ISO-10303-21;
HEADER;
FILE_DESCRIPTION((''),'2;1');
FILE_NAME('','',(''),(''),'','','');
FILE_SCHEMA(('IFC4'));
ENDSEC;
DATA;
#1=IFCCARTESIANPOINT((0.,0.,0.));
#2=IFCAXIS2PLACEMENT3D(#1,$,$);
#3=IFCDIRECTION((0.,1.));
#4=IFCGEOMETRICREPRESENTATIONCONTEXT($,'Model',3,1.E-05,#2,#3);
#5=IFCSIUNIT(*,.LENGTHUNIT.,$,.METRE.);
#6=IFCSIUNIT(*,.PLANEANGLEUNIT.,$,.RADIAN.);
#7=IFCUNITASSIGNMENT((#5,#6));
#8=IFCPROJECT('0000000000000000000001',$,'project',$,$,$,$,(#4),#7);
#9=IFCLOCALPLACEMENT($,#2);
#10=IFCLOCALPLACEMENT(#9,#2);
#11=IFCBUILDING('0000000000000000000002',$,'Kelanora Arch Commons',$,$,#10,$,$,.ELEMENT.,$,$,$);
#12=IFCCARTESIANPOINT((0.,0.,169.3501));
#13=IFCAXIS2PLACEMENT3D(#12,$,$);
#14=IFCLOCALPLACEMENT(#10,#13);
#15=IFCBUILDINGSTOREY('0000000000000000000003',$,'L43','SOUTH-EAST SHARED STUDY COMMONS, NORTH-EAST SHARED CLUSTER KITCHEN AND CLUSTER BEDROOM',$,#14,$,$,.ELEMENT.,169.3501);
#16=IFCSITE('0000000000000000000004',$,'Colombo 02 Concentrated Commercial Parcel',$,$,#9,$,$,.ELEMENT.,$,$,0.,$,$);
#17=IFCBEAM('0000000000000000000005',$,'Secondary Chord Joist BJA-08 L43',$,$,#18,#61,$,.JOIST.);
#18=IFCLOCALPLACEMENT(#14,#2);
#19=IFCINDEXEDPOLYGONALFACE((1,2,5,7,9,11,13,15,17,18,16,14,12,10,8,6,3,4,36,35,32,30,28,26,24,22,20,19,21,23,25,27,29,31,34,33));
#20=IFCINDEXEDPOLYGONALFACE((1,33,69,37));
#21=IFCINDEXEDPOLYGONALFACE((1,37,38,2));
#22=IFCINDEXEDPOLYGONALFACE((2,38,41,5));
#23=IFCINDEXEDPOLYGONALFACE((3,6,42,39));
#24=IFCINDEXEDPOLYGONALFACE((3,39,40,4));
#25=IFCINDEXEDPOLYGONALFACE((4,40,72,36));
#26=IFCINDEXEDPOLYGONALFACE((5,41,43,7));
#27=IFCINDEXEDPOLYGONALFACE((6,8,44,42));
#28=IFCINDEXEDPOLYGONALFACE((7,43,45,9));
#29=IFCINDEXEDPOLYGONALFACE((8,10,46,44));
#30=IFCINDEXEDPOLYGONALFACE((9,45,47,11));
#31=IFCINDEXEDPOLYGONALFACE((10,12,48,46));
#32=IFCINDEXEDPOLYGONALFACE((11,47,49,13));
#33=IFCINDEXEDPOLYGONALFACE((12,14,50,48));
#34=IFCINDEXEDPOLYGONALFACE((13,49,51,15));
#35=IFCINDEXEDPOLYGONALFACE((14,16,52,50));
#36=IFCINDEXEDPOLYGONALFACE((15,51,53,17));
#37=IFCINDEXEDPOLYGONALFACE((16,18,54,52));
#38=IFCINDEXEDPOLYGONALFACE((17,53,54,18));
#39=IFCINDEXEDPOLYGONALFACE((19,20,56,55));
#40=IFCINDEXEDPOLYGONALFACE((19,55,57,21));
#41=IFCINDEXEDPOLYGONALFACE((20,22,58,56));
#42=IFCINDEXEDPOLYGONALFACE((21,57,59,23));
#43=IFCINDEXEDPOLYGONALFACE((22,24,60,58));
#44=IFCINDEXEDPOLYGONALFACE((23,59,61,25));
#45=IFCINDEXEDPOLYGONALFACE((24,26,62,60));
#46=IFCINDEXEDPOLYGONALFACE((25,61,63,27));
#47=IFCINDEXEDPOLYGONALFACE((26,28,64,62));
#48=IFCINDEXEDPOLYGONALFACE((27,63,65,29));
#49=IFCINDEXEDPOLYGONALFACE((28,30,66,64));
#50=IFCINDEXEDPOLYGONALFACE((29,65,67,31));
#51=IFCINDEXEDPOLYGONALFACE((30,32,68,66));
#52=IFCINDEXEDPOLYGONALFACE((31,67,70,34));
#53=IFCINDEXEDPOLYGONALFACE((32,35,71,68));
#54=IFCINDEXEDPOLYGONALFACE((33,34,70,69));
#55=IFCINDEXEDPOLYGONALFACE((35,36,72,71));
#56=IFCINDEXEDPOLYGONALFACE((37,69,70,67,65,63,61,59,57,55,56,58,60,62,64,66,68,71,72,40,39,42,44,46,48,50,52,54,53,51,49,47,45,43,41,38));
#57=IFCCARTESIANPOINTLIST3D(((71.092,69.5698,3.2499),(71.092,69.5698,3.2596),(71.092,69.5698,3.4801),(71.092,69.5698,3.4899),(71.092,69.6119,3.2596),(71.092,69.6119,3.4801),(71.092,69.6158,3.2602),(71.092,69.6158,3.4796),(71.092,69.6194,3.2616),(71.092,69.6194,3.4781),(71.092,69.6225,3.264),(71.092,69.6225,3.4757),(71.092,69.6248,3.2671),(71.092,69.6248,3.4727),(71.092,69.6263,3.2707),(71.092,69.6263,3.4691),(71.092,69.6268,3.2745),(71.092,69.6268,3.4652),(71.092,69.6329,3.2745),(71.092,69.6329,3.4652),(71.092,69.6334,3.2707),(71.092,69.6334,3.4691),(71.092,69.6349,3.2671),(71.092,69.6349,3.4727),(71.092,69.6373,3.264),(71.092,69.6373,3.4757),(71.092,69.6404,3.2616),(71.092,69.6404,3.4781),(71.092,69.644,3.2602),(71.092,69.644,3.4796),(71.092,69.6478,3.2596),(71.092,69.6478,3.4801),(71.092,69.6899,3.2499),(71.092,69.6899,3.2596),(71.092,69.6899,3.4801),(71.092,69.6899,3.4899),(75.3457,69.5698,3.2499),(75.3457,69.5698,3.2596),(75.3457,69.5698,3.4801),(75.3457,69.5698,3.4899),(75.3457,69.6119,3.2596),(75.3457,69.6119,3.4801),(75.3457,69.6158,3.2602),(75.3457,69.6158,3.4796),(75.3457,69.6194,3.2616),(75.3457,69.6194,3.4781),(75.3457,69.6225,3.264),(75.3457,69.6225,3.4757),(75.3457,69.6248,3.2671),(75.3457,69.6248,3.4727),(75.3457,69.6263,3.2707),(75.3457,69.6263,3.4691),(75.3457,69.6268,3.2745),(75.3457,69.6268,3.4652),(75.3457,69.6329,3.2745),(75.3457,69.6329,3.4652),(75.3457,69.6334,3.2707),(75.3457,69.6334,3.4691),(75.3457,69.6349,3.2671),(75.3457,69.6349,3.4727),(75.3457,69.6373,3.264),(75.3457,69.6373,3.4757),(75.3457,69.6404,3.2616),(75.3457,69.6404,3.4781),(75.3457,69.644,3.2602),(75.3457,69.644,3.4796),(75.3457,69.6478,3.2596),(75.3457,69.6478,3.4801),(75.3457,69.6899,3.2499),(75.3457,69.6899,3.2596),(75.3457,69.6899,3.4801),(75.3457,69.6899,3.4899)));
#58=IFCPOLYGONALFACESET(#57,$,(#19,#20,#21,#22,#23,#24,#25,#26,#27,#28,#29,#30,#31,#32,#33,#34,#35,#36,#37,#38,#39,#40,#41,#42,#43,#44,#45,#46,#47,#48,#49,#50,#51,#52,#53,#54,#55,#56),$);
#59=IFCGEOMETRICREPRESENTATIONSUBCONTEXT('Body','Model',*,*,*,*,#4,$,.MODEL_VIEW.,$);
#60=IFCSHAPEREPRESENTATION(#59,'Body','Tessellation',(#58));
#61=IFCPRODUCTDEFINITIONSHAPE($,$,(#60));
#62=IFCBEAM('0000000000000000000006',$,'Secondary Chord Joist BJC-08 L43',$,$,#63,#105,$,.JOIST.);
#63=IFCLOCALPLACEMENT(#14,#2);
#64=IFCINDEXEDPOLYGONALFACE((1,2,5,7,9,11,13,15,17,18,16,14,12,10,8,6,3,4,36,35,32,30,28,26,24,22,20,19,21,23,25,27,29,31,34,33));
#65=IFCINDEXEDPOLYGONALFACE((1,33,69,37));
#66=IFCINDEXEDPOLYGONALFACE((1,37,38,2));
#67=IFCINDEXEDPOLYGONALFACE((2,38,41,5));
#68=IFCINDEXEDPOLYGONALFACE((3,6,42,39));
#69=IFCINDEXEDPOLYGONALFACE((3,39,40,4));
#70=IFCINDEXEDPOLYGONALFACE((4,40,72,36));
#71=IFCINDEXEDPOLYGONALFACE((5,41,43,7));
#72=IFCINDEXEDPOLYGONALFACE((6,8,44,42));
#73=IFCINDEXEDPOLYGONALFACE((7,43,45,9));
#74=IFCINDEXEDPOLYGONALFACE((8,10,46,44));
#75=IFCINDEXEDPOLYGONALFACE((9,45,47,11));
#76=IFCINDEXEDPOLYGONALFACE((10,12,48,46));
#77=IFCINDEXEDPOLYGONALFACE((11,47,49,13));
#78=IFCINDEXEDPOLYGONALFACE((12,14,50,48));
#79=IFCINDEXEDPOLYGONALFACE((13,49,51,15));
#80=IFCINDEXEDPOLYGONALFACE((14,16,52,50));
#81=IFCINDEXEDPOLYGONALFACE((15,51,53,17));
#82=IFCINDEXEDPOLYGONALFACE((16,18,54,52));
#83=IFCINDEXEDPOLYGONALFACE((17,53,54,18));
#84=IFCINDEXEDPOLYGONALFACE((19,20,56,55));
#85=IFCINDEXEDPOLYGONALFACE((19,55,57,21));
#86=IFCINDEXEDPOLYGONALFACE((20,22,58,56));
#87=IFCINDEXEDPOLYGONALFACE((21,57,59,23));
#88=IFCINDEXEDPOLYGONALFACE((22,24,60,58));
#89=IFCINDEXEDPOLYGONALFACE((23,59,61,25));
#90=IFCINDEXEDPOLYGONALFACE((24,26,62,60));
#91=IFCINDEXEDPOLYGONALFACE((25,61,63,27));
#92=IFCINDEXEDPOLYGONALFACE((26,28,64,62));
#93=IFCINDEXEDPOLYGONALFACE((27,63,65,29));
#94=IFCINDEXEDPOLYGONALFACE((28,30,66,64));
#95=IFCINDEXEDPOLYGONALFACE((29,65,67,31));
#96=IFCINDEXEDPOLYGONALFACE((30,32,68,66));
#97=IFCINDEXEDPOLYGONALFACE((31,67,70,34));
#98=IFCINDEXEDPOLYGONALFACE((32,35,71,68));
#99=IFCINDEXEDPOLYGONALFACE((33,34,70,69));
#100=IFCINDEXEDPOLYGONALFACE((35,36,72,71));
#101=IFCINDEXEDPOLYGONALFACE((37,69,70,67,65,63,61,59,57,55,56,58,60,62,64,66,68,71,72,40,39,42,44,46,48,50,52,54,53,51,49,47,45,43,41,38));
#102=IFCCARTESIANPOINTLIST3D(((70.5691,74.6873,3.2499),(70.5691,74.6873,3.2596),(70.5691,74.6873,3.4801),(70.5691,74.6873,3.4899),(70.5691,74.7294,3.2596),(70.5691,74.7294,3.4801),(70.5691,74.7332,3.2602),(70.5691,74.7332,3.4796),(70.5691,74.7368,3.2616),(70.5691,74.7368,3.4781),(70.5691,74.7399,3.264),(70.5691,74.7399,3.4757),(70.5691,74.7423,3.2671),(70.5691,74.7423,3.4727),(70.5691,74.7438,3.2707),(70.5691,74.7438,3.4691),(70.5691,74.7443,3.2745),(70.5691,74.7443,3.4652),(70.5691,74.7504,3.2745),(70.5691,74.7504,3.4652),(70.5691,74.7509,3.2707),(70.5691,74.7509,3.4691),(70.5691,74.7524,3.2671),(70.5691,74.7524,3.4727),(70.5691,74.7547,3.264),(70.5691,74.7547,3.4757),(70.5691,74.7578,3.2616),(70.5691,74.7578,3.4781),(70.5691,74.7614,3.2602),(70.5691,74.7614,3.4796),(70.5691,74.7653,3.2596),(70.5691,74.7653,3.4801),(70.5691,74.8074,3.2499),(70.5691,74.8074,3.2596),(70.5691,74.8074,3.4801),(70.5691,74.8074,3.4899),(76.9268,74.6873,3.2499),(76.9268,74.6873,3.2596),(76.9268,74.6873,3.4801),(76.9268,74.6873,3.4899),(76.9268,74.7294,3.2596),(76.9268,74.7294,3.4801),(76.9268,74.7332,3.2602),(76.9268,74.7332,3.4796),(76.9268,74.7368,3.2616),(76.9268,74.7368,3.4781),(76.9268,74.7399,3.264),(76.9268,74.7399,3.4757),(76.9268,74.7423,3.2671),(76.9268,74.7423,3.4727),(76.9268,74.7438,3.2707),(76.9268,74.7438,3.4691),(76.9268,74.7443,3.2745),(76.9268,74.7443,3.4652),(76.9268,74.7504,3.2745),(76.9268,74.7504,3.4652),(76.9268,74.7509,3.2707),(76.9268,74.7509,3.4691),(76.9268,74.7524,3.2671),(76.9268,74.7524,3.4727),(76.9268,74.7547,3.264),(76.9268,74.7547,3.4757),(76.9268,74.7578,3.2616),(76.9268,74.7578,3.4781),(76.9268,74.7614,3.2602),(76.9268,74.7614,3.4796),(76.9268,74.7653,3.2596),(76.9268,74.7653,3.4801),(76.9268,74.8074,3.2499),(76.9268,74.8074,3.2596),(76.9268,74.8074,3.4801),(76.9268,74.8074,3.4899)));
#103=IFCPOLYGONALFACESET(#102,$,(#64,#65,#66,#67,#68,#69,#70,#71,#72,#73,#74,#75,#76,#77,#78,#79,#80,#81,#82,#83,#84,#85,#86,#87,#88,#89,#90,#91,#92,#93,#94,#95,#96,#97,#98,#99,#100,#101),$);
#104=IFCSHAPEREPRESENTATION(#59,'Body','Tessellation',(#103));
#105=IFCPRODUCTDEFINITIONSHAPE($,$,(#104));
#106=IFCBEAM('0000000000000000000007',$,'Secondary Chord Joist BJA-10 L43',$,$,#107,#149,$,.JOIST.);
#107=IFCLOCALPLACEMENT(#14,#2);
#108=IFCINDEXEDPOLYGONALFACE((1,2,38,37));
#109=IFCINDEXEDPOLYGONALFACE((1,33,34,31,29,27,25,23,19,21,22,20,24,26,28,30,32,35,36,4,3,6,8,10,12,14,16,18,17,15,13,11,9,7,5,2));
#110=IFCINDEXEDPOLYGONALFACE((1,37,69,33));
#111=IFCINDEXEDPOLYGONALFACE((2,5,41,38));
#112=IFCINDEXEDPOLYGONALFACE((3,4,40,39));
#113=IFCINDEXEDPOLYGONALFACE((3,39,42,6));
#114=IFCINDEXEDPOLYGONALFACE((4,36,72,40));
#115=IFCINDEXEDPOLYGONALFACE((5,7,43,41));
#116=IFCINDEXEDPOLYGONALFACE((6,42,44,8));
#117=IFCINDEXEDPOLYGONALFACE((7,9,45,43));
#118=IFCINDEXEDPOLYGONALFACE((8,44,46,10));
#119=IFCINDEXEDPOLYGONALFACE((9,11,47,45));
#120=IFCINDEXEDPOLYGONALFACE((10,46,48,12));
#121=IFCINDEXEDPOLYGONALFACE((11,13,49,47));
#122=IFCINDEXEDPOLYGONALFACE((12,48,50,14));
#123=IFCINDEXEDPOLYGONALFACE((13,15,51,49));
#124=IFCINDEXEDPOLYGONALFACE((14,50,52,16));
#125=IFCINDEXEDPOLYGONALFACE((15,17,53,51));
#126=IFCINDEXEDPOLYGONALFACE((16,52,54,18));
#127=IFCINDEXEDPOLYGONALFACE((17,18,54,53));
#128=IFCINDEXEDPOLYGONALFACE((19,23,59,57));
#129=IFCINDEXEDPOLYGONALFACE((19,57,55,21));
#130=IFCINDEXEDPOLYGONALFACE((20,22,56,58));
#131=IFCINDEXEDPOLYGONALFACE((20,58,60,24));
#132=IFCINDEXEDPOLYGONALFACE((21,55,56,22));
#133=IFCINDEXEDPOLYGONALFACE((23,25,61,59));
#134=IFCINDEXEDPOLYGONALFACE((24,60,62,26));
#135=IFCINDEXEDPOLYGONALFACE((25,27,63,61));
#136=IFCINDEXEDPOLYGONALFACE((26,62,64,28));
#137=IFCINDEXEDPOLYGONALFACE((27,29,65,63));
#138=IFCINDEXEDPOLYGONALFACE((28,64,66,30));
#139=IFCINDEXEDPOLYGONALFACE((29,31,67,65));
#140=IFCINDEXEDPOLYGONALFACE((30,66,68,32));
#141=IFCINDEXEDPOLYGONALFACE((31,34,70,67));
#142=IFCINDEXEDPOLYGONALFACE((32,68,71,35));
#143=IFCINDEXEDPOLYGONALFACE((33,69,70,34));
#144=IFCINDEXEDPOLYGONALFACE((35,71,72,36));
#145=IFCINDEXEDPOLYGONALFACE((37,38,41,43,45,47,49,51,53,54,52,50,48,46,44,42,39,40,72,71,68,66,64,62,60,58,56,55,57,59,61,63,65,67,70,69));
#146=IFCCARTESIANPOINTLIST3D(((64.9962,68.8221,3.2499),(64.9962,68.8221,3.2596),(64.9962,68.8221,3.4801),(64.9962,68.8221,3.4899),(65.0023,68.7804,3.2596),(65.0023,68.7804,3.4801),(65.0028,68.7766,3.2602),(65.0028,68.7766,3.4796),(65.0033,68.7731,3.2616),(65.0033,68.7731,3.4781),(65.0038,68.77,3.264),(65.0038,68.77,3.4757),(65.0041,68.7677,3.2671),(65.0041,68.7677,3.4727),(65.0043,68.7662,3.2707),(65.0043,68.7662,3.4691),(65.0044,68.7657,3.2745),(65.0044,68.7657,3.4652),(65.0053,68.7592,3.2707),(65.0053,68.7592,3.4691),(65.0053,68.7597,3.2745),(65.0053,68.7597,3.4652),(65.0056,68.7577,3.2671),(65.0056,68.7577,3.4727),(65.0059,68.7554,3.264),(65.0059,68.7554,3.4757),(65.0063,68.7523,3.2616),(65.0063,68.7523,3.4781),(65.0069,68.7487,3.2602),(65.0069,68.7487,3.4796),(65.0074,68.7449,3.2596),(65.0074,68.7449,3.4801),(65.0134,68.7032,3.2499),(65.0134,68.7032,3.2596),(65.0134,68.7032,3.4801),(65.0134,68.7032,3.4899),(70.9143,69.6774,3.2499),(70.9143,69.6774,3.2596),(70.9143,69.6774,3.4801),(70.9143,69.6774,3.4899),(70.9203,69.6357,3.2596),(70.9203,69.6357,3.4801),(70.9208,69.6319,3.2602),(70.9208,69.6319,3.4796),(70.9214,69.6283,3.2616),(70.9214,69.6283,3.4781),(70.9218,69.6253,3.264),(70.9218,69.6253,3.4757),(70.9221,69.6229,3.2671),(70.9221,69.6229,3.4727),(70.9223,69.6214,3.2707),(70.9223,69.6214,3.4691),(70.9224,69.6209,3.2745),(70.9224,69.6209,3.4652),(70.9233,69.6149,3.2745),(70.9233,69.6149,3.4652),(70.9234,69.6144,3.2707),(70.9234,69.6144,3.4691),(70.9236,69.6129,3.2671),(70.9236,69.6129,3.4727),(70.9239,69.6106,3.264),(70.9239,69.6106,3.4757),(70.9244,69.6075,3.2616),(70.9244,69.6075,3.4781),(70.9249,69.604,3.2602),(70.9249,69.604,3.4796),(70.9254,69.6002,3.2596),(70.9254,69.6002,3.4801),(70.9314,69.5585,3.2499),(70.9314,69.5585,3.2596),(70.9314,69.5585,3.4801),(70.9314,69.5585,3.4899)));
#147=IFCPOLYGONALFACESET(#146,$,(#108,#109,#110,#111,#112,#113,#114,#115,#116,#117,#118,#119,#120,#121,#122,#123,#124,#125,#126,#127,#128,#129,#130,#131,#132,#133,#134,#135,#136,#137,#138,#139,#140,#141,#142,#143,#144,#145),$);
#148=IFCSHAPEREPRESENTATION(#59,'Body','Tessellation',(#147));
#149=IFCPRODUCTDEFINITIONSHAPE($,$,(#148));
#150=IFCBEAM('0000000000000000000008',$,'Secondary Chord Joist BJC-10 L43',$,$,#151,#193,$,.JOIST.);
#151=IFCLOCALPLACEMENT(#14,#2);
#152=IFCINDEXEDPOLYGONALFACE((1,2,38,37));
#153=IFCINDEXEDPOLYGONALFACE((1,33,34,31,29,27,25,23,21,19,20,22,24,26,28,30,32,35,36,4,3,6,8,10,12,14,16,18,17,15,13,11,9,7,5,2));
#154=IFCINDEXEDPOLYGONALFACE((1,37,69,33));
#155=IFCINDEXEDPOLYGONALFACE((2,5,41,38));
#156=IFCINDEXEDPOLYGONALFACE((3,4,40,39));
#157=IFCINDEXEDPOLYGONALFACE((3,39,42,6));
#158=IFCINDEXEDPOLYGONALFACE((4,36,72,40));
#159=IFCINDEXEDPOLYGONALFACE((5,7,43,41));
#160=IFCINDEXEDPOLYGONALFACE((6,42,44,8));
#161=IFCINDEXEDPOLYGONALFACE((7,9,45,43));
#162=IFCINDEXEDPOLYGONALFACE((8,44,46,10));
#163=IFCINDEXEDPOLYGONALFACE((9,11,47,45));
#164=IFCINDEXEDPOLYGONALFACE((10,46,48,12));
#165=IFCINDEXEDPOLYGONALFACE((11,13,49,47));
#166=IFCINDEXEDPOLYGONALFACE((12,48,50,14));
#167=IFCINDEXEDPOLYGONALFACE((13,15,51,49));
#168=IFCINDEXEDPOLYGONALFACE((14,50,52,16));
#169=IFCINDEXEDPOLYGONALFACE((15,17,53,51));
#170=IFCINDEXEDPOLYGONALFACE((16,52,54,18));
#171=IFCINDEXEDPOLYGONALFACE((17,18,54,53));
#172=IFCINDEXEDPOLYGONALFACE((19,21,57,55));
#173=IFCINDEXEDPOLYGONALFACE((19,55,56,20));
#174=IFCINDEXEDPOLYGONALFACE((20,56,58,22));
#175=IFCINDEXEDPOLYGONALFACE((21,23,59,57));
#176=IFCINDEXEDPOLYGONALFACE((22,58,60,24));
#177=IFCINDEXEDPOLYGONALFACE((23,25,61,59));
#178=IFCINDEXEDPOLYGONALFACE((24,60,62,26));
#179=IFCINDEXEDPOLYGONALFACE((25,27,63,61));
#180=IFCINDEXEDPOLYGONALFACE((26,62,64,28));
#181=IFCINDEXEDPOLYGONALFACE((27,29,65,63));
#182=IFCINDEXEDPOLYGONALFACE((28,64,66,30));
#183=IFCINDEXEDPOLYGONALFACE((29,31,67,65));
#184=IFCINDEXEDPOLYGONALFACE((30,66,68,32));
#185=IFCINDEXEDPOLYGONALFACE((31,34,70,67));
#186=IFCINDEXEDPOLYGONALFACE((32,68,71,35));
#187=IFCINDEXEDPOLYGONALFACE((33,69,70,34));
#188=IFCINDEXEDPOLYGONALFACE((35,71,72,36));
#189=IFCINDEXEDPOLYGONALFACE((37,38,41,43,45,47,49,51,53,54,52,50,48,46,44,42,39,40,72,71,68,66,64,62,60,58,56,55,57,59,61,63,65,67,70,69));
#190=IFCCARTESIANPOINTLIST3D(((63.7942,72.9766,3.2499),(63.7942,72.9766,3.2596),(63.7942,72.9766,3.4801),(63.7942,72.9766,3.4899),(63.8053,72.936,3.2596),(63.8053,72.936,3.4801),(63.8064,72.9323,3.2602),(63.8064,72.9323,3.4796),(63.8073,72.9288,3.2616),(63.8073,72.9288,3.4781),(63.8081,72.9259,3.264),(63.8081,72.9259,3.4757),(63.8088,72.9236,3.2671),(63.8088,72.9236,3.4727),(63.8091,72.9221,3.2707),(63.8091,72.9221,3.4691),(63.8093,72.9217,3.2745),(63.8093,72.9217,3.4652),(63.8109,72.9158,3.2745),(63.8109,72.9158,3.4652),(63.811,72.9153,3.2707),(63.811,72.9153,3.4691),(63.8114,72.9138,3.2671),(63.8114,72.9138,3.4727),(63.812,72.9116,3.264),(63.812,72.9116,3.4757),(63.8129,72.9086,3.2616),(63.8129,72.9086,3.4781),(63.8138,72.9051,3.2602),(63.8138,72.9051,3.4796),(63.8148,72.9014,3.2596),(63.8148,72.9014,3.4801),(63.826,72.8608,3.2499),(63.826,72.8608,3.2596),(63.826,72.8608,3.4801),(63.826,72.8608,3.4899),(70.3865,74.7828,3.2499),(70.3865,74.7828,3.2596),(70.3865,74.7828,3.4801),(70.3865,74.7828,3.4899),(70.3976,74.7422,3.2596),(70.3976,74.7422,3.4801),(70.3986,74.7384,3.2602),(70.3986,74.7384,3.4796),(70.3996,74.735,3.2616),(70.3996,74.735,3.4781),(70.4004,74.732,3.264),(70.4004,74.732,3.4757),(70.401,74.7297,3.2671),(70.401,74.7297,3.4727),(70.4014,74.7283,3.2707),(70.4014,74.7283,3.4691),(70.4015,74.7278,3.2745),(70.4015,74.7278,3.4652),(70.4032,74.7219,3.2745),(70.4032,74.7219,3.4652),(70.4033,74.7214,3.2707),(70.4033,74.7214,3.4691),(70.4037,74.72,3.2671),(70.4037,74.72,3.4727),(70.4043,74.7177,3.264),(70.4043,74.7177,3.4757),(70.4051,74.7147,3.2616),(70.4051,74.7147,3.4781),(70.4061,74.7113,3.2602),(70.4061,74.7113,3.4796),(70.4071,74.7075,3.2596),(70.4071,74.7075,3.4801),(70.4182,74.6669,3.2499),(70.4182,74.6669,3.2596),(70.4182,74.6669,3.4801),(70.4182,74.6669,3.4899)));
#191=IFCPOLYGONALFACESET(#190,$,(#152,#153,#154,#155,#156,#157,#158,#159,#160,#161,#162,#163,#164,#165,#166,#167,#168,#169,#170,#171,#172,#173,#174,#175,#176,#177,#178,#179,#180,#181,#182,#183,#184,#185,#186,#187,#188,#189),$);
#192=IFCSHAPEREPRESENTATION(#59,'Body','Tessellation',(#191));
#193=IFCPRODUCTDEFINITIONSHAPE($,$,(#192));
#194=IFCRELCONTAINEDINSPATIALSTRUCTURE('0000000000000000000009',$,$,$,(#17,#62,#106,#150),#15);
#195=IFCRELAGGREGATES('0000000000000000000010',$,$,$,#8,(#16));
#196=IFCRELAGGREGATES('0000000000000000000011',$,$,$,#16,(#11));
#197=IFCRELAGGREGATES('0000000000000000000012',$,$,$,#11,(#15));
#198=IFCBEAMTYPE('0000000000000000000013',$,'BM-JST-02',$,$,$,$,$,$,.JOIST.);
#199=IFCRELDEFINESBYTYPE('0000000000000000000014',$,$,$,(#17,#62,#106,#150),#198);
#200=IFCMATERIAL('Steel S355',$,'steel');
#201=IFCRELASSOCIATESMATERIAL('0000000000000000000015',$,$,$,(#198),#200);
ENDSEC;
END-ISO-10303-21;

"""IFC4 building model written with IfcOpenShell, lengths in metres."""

from ifc_helpers import new_model, si_unit, direction, frame, origin, origin_2d, place, context, subcontext, project, spatial, i_section, extrude, material, material_profile, profile_set, type_object, element, save


model = new_model("IFC4")

# Units and contexts
model_context = context("Model", 3, precision=1e-05, world=origin(), true_north=direction((0.0, 1.0)))
body_context = subcontext(model_context, "Body", "Model", "MODEL_VIEW")
ifc_project = project(units=[si_unit("LENGTHUNIT", "METRE"), si_unit("PLANEANGLEUNIT", "RADIAN")], contexts=[model_context])

# Site, building, storey
site_placement = place(None, origin())
site = spatial("IfcSite", under=ifc_project, at=site_placement, Name="Colombo 02 Concentrated Commercial Parcel", CompositionType="ELEMENT", RefElevation=0.0)
building_placement = place(site_placement, origin())
building = spatial("IfcBuilding", under=site, at=building_placement, Name="Kelanora Arch Commons", CompositionType="ELEMENT")
storey_placement = place(building_placement, frame((0.0, 0.0, 169.3501)))
storey = spatial("IfcBuildingStorey", under=building, at=storey_placement, Name="L43", Description="SOUTH-EAST SHARED STUDY COMMONS, NORTH-EAST SHARED CLUSTER KITCHEN AND CLUSTER BEDROOM", CompositionType="ELEMENT", Elevation=169.3501)

# Beams
ifc_material_1 = material(Name="Steel S355", Category="steel")
ifc_material_profile_1 = material_profile(ifc_material_1, i_section(OverallWidth=0.1201, OverallDepth=0.24, WebThickness=0.0061, FlangeThickness=0.0098, FilletRadius=0.0149, at=origin_2d()), Name="IPE240")
ifc_profile_set_1 = profile_set([ifc_material_profile_1], Name="Steel S355")
beam_type_1 = type_object("IfcBeamType", Name="BM-JST-02", PredefinedType="JOIST", material=ifc_profile_set_1)
beam_1_placement = place(storey_placement, frame((75.3457, 69.6299, 3.3699), z_axis=(-1.0, 0.0, 0.0), x_axis=(0.0, -1.0, 0.0)))
element("IfcBeam", 1, at=beam_1_placement, inside=storey, type_object=beam_type_1, Name="Secondary Chord Joist BJA-08 L43", PredefinedType="JOIST", context=body_context, shape_type="SweptSolid", body=[
    extrude(i_section(OverallWidth=0.1201, OverallDepth=0.24, WebThickness=0.0061, FlangeThickness=0.0098, FilletRadius=0.0149, at=origin_2d()), origin(), (0.0, 0.0, 1.0), 4.2537),
])
beam_2_placement = place(storey_placement, frame((76.9268, 74.7473, 3.3699), z_axis=(-1.0, 0.0, 0.0), x_axis=(0.0, -1.0, 0.0)))
element("IfcBeam", 2, at=beam_2_placement, inside=storey, type_object=beam_type_1, Name="Secondary Chord Joist BJC-08 L43", PredefinedType="JOIST", context=body_context, shape_type="SweptSolid", body=[
    extrude(i_section(OverallWidth=0.1201, OverallDepth=0.24, WebThickness=0.0061, FlangeThickness=0.0098, FilletRadius=0.0149, at=origin_2d()), origin(), (0.0, 0.0, 1.0), 6.3577),
])
beam_3_placement = place(storey_placement, frame((70.9229, 69.6179, 3.3699), z_axis=(-0.989719, -0.143027, 0.0), x_axis=(0.143027, -0.989719, 0.0)))
element("IfcBeam", 3, at=beam_3_placement, inside=storey, type_object=beam_type_1, Name="Secondary Chord Joist BJA-10 L43", PredefinedType="JOIST", context=body_context, shape_type="SweptSolid", body=[
    extrude(i_section(OverallWidth=0.1201, OverallDepth=0.24, WebThickness=0.0061, FlangeThickness=0.0098, FilletRadius=0.0149, at=origin_2d()), origin(), (0.0, 0.0, 1.0), 5.9795),
])
beam_4_placement = place(storey_placement, frame((70.4023, 74.7249, 3.3699), z_axis=(-0.964457, -0.264242, 0.0), x_axis=(0.264242, -0.964457, 0.0)))
element("IfcBeam", 4, at=beam_4_placement, inside=storey, type_object=beam_type_1, Name="Secondary Chord Joist BJC-10 L43", PredefinedType="JOIST", context=body_context, shape_type="SweptSolid", body=[
    extrude(i_section(OverallWidth=0.1201, OverallDepth=0.24, WebThickness=0.0061, FlangeThickness=0.0098, FilletRadius=0.0149, at=origin_2d()), origin(), (0.0, 0.0, 1.0), 6.8352),
])

save(model, "model.ifc")
